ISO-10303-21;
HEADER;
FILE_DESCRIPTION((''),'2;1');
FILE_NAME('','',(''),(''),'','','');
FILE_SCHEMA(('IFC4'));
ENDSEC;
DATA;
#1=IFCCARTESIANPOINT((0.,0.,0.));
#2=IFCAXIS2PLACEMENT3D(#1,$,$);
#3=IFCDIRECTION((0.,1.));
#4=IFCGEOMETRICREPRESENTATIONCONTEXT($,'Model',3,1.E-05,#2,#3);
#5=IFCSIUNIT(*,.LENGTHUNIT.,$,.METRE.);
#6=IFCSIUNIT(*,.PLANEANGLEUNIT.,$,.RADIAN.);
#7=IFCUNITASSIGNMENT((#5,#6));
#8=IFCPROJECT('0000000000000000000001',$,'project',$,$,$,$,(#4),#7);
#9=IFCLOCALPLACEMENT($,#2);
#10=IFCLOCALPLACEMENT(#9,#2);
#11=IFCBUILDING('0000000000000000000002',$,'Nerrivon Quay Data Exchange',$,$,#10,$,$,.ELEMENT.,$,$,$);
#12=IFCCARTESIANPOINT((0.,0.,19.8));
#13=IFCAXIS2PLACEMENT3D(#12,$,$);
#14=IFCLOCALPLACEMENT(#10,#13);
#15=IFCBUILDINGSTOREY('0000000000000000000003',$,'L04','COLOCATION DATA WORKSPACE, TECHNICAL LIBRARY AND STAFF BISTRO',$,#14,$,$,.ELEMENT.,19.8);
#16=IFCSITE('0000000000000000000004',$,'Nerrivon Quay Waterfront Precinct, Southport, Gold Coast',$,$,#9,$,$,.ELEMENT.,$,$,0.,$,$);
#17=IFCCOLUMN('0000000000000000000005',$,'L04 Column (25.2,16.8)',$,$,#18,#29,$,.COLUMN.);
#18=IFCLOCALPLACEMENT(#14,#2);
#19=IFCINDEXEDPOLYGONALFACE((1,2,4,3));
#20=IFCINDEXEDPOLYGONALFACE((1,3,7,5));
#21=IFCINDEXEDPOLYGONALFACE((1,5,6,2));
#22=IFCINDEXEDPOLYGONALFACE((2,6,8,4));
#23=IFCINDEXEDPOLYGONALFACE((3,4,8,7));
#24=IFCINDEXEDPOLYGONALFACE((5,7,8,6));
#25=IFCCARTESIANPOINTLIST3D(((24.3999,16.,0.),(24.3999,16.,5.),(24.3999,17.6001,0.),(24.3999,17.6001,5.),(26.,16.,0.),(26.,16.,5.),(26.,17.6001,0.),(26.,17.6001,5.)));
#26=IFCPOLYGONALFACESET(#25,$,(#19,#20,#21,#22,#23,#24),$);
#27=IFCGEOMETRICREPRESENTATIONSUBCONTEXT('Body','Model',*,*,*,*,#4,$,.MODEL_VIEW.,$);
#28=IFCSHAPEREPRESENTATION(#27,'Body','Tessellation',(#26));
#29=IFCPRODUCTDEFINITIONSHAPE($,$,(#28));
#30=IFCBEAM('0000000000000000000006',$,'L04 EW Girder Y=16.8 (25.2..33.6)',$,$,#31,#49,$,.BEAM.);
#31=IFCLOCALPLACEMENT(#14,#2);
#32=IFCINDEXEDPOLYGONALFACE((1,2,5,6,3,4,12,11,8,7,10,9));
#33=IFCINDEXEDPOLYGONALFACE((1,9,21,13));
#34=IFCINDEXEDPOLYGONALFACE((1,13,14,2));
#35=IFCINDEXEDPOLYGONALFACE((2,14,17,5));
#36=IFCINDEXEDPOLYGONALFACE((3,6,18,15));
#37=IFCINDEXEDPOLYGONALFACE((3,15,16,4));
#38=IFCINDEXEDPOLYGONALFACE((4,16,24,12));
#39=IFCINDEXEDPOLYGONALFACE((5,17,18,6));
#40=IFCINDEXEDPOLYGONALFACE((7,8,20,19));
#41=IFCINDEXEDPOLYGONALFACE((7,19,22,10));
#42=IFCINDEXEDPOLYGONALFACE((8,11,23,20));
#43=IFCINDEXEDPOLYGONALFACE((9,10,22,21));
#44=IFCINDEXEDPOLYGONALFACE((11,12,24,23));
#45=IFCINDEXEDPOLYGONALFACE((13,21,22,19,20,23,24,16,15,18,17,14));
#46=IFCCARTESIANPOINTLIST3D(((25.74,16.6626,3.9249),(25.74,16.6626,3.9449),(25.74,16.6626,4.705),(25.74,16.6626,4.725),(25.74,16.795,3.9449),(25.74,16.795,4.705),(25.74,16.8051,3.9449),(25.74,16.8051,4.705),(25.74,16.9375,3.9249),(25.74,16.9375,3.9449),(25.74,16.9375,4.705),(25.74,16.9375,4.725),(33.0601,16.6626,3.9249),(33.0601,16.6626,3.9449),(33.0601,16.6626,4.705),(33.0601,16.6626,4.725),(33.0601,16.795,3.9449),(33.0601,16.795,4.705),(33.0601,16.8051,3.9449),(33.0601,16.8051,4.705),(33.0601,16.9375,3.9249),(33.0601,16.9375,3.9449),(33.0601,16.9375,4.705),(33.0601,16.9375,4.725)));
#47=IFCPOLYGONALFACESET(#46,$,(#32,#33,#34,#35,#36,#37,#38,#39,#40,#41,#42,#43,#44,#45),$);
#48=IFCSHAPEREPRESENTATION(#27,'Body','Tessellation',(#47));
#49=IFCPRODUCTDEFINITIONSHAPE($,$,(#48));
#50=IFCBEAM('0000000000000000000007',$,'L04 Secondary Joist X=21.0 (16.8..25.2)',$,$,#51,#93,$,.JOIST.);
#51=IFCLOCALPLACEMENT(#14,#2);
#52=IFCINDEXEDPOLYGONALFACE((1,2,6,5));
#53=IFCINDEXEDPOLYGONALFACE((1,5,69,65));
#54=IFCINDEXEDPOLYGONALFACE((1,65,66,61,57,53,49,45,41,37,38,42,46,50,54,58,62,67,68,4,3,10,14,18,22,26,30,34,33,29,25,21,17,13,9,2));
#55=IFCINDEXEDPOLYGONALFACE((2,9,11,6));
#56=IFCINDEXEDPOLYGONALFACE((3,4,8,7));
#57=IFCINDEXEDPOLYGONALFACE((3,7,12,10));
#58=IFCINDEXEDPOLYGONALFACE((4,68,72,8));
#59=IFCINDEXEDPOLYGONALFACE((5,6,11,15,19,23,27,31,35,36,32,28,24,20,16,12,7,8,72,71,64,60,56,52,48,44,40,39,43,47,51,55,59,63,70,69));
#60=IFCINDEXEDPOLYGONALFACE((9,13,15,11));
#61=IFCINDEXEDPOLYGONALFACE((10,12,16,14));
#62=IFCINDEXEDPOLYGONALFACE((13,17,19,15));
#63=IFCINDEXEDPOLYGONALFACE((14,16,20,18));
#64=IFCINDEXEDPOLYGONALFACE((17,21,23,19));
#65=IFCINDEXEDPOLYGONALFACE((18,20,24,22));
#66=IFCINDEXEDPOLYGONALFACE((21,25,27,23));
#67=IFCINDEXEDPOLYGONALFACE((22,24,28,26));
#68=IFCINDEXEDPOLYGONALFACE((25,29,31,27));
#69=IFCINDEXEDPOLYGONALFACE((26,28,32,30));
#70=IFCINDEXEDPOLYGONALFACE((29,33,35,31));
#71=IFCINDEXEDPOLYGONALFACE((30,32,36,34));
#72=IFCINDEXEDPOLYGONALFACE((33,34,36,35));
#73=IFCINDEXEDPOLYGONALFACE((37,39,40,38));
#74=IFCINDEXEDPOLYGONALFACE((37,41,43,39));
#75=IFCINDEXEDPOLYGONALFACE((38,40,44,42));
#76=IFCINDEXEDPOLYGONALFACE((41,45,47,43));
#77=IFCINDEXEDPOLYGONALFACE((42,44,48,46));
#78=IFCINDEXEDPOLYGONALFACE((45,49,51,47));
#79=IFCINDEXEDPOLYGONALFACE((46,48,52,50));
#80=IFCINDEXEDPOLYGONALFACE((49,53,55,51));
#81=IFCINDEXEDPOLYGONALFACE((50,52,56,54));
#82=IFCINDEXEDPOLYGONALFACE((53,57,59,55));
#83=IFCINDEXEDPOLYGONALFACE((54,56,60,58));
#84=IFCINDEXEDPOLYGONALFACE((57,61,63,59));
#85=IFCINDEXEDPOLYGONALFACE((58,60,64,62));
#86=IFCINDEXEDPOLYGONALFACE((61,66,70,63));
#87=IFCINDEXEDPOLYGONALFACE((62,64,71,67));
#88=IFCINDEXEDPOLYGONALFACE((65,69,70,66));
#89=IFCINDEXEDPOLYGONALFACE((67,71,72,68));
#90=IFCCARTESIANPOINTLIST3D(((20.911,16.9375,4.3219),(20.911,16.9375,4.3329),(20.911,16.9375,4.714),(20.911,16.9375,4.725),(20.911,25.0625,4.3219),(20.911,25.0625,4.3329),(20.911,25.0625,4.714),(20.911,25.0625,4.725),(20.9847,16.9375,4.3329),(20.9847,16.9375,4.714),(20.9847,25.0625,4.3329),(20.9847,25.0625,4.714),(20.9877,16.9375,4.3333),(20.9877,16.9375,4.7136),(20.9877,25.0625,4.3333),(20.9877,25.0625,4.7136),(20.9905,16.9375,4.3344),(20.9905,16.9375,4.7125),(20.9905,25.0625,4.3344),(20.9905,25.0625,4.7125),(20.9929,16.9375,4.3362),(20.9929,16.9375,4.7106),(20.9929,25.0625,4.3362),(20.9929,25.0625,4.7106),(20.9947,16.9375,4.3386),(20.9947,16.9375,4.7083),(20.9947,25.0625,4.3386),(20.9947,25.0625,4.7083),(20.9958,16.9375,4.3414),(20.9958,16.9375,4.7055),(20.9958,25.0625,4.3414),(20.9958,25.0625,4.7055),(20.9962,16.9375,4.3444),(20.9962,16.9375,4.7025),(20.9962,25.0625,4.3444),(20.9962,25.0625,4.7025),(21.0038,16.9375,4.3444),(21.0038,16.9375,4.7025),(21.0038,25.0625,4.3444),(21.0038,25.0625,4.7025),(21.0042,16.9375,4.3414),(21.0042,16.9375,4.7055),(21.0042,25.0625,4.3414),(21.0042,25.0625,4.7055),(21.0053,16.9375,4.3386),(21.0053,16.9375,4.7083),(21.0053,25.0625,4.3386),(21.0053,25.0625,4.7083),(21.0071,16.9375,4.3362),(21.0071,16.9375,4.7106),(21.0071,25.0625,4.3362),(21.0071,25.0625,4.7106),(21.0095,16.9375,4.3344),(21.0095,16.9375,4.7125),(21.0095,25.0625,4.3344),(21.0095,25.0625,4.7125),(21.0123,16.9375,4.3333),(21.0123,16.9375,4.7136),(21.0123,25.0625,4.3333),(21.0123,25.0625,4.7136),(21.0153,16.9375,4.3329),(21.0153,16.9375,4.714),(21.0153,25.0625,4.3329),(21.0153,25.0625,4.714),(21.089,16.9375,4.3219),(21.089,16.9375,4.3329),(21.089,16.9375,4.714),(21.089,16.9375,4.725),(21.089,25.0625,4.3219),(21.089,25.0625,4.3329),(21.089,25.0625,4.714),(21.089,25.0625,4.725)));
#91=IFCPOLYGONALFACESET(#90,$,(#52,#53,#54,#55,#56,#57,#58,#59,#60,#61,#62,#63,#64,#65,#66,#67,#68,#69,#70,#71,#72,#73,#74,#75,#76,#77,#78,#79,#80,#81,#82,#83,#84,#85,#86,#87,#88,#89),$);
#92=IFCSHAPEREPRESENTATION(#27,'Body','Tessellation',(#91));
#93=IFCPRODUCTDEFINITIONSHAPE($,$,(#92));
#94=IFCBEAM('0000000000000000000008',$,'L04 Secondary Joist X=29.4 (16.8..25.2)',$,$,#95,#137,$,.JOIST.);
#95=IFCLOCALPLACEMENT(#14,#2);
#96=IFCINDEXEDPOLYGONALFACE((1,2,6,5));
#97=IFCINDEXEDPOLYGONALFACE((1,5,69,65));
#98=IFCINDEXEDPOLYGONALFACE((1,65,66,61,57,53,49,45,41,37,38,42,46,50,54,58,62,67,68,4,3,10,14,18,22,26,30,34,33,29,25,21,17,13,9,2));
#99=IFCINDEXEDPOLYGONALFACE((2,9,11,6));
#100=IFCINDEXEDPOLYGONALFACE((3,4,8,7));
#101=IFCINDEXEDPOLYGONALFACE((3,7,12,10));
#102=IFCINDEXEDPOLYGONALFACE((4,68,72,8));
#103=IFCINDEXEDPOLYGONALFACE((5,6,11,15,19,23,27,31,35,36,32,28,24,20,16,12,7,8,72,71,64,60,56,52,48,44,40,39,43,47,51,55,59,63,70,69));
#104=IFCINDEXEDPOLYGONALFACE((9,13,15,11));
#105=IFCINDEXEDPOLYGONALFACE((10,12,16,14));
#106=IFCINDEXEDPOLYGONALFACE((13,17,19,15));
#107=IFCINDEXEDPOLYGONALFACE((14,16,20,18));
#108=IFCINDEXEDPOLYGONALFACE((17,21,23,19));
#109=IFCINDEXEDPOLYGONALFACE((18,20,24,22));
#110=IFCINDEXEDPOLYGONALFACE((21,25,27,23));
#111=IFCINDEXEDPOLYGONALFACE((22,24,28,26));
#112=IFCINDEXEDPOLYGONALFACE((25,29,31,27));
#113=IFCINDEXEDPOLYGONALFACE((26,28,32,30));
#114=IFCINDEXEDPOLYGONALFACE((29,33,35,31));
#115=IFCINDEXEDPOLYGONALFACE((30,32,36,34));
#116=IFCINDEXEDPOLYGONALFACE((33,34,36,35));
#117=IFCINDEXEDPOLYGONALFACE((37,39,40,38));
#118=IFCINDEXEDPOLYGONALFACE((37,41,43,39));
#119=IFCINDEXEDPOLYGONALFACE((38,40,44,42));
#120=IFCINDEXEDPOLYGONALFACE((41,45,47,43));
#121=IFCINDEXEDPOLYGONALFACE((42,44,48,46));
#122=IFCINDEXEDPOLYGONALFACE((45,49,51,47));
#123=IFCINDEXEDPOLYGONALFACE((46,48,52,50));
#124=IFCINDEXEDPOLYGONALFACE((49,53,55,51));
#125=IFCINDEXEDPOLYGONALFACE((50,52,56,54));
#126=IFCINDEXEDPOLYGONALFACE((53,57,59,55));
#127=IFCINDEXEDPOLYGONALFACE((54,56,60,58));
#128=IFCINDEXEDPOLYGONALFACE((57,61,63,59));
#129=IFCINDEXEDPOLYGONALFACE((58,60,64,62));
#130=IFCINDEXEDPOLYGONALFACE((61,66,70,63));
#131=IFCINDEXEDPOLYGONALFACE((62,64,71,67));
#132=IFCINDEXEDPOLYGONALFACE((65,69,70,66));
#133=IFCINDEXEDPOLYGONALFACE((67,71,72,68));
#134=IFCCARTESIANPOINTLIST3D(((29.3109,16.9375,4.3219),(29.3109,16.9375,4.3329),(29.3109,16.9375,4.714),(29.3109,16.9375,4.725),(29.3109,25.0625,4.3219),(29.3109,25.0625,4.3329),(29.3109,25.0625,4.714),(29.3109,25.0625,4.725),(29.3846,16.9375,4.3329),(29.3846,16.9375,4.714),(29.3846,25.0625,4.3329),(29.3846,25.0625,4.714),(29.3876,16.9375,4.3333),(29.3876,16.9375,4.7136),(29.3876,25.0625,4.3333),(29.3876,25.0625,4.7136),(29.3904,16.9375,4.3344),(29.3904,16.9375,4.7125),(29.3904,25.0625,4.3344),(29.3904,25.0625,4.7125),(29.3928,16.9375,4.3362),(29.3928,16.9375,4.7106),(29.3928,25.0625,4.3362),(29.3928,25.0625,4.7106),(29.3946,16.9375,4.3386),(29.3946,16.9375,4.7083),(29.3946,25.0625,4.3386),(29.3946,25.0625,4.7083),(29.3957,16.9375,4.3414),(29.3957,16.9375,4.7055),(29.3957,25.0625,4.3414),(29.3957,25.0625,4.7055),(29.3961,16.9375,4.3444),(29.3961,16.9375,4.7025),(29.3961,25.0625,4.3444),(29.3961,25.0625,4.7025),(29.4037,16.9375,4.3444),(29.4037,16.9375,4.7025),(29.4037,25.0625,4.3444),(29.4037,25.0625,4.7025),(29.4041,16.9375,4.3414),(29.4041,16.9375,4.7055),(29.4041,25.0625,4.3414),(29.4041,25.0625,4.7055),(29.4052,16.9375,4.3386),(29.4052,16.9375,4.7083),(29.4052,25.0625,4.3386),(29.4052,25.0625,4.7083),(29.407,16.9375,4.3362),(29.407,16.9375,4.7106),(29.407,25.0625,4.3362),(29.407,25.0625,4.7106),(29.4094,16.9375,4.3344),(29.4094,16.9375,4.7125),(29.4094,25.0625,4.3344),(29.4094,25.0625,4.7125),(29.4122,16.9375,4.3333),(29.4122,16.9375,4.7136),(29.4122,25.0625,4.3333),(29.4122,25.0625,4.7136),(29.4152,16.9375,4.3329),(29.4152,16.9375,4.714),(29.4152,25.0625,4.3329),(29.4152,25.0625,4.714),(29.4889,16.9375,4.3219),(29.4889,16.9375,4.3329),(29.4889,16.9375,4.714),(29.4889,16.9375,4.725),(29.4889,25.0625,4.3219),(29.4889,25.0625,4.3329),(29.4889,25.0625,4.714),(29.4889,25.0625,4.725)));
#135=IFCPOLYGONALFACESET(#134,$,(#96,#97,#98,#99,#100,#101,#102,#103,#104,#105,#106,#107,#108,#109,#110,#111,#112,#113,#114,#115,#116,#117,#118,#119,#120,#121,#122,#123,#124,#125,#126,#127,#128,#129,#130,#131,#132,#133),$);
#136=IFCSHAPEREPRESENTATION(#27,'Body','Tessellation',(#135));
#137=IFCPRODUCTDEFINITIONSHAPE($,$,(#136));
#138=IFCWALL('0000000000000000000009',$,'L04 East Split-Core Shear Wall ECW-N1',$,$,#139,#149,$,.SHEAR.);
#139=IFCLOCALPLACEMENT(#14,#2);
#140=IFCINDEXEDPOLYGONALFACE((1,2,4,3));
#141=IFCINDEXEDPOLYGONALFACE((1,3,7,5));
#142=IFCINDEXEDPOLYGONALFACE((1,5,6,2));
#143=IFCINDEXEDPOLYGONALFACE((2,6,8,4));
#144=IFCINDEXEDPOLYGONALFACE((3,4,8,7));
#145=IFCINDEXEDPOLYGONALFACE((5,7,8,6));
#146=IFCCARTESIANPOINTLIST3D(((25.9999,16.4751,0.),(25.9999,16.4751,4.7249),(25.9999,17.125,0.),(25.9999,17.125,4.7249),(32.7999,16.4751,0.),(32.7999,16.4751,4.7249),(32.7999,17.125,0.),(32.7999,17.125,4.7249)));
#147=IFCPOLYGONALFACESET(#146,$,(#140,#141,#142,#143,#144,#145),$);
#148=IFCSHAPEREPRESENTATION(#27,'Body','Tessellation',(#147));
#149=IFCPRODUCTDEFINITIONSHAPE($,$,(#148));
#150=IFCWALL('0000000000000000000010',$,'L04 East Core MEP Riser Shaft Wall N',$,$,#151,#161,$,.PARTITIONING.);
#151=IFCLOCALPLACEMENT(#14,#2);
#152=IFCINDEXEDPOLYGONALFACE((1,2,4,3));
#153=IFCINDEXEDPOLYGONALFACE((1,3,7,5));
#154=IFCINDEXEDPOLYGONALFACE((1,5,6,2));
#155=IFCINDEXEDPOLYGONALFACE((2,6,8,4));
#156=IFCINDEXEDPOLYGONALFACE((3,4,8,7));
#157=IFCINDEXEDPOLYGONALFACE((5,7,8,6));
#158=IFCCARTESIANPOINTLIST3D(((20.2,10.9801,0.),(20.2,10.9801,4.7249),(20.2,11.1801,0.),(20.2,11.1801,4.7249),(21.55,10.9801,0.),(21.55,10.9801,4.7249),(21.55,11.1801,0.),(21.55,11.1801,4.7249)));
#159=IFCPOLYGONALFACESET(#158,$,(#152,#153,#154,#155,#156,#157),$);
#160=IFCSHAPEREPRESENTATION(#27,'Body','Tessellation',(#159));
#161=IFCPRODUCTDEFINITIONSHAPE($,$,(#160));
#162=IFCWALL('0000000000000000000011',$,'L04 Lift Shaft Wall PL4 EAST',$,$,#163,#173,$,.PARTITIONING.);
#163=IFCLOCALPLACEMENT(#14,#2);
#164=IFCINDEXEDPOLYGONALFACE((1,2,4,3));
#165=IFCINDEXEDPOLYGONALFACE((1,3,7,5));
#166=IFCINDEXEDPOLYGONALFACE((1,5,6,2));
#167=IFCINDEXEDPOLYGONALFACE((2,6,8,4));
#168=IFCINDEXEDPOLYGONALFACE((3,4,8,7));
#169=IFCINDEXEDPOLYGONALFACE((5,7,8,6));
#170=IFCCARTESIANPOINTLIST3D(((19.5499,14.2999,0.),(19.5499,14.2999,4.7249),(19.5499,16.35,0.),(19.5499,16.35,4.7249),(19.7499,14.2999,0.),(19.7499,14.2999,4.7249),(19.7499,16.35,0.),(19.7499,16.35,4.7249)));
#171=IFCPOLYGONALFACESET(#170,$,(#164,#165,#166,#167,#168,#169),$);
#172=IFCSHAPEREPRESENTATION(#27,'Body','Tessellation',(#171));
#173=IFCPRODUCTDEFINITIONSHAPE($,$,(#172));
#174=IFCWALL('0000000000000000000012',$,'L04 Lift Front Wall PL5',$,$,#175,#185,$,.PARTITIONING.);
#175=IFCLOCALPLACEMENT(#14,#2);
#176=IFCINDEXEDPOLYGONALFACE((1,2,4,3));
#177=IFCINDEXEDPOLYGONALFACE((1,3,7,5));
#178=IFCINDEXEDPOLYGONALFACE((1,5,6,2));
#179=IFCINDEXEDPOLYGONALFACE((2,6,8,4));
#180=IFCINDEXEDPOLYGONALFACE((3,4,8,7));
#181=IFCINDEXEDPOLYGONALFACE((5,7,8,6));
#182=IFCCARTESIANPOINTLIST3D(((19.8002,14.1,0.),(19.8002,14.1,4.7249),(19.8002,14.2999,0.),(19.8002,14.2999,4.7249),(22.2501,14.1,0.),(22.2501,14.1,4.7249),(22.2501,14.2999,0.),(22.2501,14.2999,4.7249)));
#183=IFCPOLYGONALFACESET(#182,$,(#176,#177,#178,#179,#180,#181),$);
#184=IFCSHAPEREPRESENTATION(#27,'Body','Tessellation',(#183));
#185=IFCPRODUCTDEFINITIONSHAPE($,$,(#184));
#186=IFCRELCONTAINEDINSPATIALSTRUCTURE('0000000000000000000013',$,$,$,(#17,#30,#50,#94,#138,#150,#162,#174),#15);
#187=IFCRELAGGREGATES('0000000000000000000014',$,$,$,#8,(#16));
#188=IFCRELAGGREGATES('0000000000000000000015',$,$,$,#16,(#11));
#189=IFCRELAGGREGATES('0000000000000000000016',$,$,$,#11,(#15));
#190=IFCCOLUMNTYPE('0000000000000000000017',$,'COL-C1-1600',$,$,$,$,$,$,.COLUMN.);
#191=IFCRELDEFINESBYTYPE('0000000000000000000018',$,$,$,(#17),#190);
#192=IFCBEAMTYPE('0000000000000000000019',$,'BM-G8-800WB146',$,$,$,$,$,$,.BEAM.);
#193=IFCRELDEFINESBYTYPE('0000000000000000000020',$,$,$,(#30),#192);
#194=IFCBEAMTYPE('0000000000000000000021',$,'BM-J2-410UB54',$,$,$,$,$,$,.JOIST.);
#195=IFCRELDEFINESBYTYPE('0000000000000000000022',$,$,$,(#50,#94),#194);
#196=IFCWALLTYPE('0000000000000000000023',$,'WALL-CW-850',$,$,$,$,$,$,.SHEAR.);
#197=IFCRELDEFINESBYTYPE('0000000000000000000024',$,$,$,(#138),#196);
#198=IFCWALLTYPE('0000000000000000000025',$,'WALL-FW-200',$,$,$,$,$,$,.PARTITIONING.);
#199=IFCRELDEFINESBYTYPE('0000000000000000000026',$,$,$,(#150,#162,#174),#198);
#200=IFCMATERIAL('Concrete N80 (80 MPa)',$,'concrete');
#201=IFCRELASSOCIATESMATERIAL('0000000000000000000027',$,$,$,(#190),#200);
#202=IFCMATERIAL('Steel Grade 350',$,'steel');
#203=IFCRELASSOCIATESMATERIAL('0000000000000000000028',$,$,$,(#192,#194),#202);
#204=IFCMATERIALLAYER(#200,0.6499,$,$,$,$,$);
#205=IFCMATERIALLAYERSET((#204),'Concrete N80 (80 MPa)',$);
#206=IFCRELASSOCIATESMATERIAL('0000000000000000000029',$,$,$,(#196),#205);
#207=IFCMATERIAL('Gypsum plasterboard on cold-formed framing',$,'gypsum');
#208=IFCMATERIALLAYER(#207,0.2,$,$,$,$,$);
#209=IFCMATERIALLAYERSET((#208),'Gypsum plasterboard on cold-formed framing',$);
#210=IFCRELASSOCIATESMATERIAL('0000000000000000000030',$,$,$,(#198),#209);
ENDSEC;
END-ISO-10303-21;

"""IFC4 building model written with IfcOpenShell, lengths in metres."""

from ifc_helpers import new_model, si_unit, direction, frame, frame_2d, origin, origin_2d, place, context, subcontext, project, spatial, rectangle, i_section, extrude, material, layer, layer_set, material_profile, profile_set, type_object, element, save


model = new_model("IFC4")

# Units and contexts
model_context = context("Model", 3, precision=1e-05, world=origin(), true_north=direction((0.0, 1.0)))
body_context = subcontext(model_context, "Body", "Model", "MODEL_VIEW")
ifc_project = project(units=[si_unit("LENGTHUNIT", "METRE"), si_unit("PLANEANGLEUNIT", "RADIAN")], contexts=[model_context])

# Site, building, storey
site_placement = place(None, origin())
site = spatial("IfcSite", under=ifc_project, at=site_placement, Name="Nerrivon Quay Waterfront Precinct, Southport, Gold Coast", CompositionType="ELEMENT", RefElevation=0.0)
building_placement = place(site_placement, origin())
building = spatial("IfcBuilding", under=site, at=building_placement, Name="Nerrivon Quay Data Exchange", CompositionType="ELEMENT")
storey_placement = place(building_placement, frame((0.0, 0.0, 19.8)))
storey = spatial("IfcBuildingStorey", under=building, at=storey_placement, Name="L04", Description="COLOCATION DATA WORKSPACE, TECHNICAL LIBRARY AND STAFF BISTRO", CompositionType="ELEMENT", Elevation=19.8)

# Column
ifc_material_1 = material(Name="Concrete N80 (80 MPa)", Category="concrete")
ifc_material_profile_1 = material_profile(ifc_material_1, rectangle(XDim=1.6001, YDim=1.6001, at=origin_2d()), Name="RC-COL-1600x1600")
ifc_profile_set_1 = profile_set([ifc_material_profile_1], Name="Concrete N80 (80 MPa)")
column_type = type_object("IfcColumnType", Name="COL-C1-1600", PredefinedType="COLUMN", material=ifc_profile_set_1)
column_placement = place(storey_placement, frame((25.2, 16.8, 0.0), z_axis=(0.0, 0.0, 1.0), x_axis=(1.0, 0.0, 0.0)))
element("IfcColumn", 1, at=column_placement, inside=storey, type_object=column_type, Name="L04 Column (25.2,16.8)", PredefinedType="COLUMN", context=body_context, shape_type="SweptSolid", body=[
    extrude(rectangle(XDim=1.6001, YDim=1.6001, at=origin_2d()), origin(), (0.0, 0.0, 1.0), 5.0),
])

# Beams
ifc_material_2 = material(Name="Steel Grade 350", Category="steel")
ifc_material_profile_2 = material_profile(ifc_material_2, i_section(OverallWidth=0.2749, OverallDepth=0.8, WebThickness=0.01, FlangeThickness=0.02, at=origin_2d()), Name="800WB146")
ifc_profile_set_2 = profile_set([ifc_material_profile_2], Name="Steel Grade 350")
beam_type_1 = type_object("IfcBeamType", Name="BM-G8-800WB146", PredefinedType="BEAM", material=ifc_profile_set_2)
beam_placement = place(storey_placement, frame((25.74, 16.8, 4.325), z_axis=(1.0, 0.0, 0.0), x_axis=(0.0, 1.0, 0.0)))
element("IfcBeam", 2, at=beam_placement, inside=storey, type_object=beam_type_1, Name="L04 EW Girder Y=16.8 (25.2..33.6)", PredefinedType="BEAM", context=body_context, shape_type="SweptSolid", body=[
    extrude(i_section(OverallWidth=0.2749, OverallDepth=0.8, WebThickness=0.01, FlangeThickness=0.02, at=origin_2d()), origin(), (0.0, 0.0, 1.0), 7.3201),
])
ifc_material_profile_3 = material_profile(ifc_material_2, i_section(OverallWidth=0.178, OverallDepth=0.4031, WebThickness=0.0076, FlangeThickness=0.011, FilletRadius=0.0115, at=origin_2d()), Name="410UB53.7")
ifc_profile_set_3 = profile_set([ifc_material_profile_3], Name="Steel Grade 350")
beam_type_2 = type_object("IfcBeamType", Name="BM-J2-410UB54", PredefinedType="JOIST", material=ifc_profile_set_3)
for number, where, z_axis, x_axis, name in (
    (3, (21.0, 16.9375, 4.5234), (0.0, 1.0, 0.0), (-1.0, 0.0, 0.0), "L04 Secondary Joist X=21.0 (16.8..25.2)"),
    (4, (29.3999, 16.9375, 4.5234), (0.0, 1.0, 0.0), (-1.0, 0.0, 0.0), "L04 Secondary Joist X=29.4 (16.8..25.2)"),
):
    element("IfcBeam", number, at=place(storey_placement, frame(where, z_axis=z_axis, x_axis=x_axis)), inside=storey, type_object=beam_type_2, Name=name, PredefinedType="JOIST", context=body_context, shape_type="SweptSolid", body=[
        extrude(i_section(OverallWidth=0.178, OverallDepth=0.4031, WebThickness=0.0076, FlangeThickness=0.011, FilletRadius=0.0115, at=origin_2d()), origin(), (0.0, 0.0, 1.0), 8.125),
    ])

# Walls
ifc_layer_1 = layer(ifc_material_1, 0.6499)
ifc_layer_set_1 = layer_set([ifc_layer_1], Name="Concrete N80 (80 MPa)")
wall_type_1 = type_object("IfcWallType", Name="WALL-CW-850", PredefinedType="SHEAR", material=ifc_layer_set_1)
wall_1_placement = place(storey_placement, frame((26.0, 16.8, 0.0), z_axis=(0.0, 0.0, 1.0), x_axis=(1.0, 0.0, 0.0)))
element("IfcWall", 5, at=wall_1_placement, inside=storey, type_object=wall_type_1, Name="L04 East Split-Core Shear Wall ECW-N1", PredefinedType="SHEAR", context=body_context, shape_type="SweptSolid", body=[
    extrude(rectangle(XDim=6.8, YDim=0.6499, at=frame_2d((3.3999, 0.0))), origin(), (0.0, 0.0, 1.0), 4.7249),
])
ifc_material_3 = material(Name="Gypsum plasterboard on cold-formed framing", Category="gypsum")
ifc_layer_2 = layer(ifc_material_3, 0.2)
ifc_layer_set_2 = layer_set([ifc_layer_2], Name="Gypsum plasterboard on cold-formed framing")
wall_type_2 = type_object("IfcWallType", Name="WALL-FW-200", PredefinedType="PARTITIONING", material=ifc_layer_set_2)
wall_2_placement = place(storey_placement, frame((20.2, 11.0801, 0.0), z_axis=(0.0, 0.0, 1.0), x_axis=(1.0, 0.0, 0.0)))
element("IfcWall", 6, at=wall_2_placement, inside=storey, type_object=wall_type_2, Name="L04 East Core MEP Riser Shaft Wall N", PredefinedType="PARTITIONING", context=body_context, shape_type="SweptSolid", body=[
    extrude(rectangle(XDim=1.3501, YDim=0.2, at=frame_2d((0.675, 0.0))), origin(), (0.0, 0.0, 1.0), 4.7249),
])
wall_3_placement = place(storey_placement, frame((19.6499, 14.3, 0.0), z_axis=(0.0, 0.0, 1.0), x_axis=(0.0, 1.0, 0.0)))
element("IfcWall", 7, at=wall_3_placement, inside=storey, type_object=wall_type_2, Name="L04 Lift Shaft Wall PL4 EAST", PredefinedType="PARTITIONING", context=body_context, shape_type="SweptSolid", body=[
    extrude(rectangle(XDim=2.05, YDim=0.2, at=frame_2d((1.0249, 0.0))), origin(), (0.0, 0.0, 1.0), 4.7249),
])
wall_4_placement = place(storey_placement, frame((19.8, 14.2, 0.0), z_axis=(0.0, 0.0, 1.0), x_axis=(1.0, 0.0, 0.0)))
element("IfcWall", 8, at=wall_4_placement, inside=storey, type_object=wall_type_2, Name="L04 Lift Front Wall PL5", PredefinedType="PARTITIONING", context=body_context, shape_type="SweptSolid", body=[
    extrude(rectangle(XDim=2.45, YDim=0.2, at=frame_2d((1.2251, 0.0))), origin(), (0.0, 0.0, 1.0), 4.7249),
])

save(model, "model.ifc")
